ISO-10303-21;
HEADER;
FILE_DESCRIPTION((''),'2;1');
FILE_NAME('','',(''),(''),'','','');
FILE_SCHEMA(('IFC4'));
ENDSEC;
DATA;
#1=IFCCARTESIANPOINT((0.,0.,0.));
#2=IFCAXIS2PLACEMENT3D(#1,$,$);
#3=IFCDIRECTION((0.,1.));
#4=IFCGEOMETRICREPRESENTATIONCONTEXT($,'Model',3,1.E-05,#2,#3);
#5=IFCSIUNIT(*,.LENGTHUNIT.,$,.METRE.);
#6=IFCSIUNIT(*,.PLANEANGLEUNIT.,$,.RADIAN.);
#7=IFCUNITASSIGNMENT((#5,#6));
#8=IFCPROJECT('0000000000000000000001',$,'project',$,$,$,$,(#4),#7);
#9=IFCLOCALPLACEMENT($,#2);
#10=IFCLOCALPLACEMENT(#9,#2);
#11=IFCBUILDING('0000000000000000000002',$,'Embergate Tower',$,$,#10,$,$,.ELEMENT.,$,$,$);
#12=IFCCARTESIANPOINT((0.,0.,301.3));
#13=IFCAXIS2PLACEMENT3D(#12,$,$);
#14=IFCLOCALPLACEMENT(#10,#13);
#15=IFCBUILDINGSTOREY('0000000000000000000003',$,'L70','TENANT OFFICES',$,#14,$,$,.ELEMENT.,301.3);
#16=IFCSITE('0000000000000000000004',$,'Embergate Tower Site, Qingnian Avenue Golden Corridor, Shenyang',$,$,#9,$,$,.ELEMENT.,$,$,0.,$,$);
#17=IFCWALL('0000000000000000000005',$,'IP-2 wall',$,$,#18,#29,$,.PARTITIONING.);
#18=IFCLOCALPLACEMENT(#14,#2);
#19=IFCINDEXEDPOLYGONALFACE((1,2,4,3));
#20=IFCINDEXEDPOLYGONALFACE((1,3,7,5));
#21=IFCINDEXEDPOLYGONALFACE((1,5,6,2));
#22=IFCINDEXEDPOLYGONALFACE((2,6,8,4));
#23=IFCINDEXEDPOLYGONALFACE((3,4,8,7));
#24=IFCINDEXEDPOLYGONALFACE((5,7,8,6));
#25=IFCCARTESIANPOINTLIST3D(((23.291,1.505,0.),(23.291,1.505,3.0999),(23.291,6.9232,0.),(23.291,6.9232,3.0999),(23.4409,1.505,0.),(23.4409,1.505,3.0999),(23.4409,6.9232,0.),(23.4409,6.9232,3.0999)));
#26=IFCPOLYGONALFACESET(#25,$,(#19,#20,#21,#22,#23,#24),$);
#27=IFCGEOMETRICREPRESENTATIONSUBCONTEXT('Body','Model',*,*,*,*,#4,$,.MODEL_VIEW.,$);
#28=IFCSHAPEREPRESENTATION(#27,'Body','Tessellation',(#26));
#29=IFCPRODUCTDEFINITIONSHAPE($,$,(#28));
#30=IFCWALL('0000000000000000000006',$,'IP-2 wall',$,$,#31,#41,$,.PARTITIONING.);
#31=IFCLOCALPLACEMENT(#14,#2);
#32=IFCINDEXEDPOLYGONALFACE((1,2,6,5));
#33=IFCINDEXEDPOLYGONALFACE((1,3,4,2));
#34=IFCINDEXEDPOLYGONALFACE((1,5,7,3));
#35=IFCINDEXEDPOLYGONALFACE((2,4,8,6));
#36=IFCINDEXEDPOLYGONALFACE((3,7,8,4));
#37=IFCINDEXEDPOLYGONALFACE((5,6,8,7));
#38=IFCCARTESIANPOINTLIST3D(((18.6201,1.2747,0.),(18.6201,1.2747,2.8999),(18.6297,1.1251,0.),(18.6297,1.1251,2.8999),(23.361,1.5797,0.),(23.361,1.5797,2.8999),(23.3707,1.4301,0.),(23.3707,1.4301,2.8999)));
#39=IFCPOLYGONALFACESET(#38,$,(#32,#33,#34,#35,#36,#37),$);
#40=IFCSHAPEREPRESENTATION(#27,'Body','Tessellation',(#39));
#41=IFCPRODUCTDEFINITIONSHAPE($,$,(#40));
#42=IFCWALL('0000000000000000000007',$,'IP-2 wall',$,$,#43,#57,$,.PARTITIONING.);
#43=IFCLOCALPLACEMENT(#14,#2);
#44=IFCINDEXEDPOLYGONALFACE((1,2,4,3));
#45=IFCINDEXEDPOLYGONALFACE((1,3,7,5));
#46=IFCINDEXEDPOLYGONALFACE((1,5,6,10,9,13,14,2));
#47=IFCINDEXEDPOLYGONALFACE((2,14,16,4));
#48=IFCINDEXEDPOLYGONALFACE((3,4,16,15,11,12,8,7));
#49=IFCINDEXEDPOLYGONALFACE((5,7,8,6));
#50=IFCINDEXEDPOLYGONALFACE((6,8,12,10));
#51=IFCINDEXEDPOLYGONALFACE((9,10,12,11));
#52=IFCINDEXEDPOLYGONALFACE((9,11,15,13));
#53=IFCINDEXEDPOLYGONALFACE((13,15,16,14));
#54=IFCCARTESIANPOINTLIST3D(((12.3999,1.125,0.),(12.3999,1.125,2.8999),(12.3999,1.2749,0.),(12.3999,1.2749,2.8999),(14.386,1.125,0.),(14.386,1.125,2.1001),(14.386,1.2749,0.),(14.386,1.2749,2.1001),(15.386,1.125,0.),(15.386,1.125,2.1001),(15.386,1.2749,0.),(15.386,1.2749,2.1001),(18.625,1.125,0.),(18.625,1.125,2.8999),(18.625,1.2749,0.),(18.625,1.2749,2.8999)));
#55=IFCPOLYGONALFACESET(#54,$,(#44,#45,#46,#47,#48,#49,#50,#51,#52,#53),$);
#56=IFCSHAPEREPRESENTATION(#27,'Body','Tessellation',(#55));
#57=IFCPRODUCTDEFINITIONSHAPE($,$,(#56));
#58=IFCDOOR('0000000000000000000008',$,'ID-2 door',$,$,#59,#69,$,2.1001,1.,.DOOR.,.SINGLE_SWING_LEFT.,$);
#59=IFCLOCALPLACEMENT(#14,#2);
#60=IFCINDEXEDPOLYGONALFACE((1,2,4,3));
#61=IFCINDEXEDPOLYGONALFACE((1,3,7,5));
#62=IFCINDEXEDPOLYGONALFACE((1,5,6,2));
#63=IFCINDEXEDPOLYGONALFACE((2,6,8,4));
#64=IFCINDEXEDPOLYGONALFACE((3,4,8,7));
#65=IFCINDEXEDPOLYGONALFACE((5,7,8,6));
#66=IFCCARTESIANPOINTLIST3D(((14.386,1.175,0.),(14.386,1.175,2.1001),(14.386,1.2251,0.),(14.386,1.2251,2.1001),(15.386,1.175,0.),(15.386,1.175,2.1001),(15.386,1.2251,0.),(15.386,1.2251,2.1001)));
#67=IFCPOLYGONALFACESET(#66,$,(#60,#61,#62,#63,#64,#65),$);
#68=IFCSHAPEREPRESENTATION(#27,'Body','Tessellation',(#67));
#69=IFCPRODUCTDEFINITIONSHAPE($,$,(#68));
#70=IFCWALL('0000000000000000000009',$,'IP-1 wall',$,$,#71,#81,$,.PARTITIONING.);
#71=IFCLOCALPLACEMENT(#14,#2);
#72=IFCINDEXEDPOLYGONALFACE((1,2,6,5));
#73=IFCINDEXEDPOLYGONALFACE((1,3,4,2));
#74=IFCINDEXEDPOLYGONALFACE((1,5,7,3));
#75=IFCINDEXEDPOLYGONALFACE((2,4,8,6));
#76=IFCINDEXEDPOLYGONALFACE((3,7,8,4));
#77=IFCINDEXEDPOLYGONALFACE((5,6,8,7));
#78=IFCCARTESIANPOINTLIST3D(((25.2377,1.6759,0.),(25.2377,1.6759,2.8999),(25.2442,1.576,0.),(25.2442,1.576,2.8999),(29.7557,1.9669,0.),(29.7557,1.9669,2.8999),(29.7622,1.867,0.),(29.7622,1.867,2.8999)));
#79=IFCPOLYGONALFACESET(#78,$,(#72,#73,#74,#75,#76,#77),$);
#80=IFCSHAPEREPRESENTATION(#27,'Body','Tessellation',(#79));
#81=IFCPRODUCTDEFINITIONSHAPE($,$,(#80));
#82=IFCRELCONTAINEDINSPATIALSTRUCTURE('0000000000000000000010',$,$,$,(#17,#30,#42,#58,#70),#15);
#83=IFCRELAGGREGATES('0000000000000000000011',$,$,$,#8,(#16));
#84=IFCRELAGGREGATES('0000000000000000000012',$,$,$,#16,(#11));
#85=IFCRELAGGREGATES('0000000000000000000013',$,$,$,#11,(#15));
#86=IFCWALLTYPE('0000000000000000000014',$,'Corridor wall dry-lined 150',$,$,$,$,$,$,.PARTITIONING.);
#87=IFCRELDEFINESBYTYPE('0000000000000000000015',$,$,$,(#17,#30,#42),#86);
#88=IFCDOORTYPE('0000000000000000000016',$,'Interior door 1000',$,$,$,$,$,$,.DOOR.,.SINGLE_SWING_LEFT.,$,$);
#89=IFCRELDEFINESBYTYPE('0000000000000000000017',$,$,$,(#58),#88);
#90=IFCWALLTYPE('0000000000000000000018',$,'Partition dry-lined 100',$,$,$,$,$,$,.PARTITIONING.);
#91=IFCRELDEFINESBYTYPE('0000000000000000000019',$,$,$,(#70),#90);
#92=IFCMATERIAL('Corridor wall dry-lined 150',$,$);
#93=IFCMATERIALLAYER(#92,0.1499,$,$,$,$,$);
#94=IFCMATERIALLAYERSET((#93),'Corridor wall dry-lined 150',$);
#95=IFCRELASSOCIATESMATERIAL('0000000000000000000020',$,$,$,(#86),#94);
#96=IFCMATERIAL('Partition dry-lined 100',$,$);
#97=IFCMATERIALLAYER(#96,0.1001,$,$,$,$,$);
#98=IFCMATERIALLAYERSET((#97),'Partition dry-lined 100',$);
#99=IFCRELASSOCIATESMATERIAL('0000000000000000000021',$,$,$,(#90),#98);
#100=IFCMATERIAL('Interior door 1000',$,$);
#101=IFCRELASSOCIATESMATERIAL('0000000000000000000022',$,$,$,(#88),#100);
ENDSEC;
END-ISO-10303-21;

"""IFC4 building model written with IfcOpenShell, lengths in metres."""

from ifc_helpers import new_model, si_unit, direction, frame, frame_2d, origin, place, context, subcontext, project, spatial, rectangle, extrude, source, transform, mapped, material, layer, layer_set, type_object, element, fill, save


model = new_model("IFC4")

# Units and contexts
model_context = context("Model", 3, precision=1e-05, world=origin(), true_north=direction((0.0, 1.0)))
body_context = subcontext(model_context, "Body", "Model", "MODEL_VIEW")
ifc_project = project(units=[si_unit("LENGTHUNIT", "METRE"), si_unit("PLANEANGLEUNIT", "RADIAN")], contexts=[model_context])

# Site, building, storey
site_placement = place(None, origin())
site = spatial("IfcSite", under=ifc_project, at=site_placement, Name="Embergate Tower Site, Qingnian Avenue Golden Corridor, Shenyang", CompositionType="ELEMENT", RefElevation=0.0)
building_placement = place(site_placement, origin())
building = spatial("IfcBuilding", under=site, at=building_placement, Name="Embergate Tower", CompositionType="ELEMENT")
storey_placement = place(building_placement, frame((0.0, 0.0, 301.3)))
storey = spatial("IfcBuildingStorey", under=building, at=storey_placement, Name="L70", Description="TENANT OFFICES", CompositionType="ELEMENT", Elevation=301.3)

# Shared definitions
ifc_material_1 = material(Name="Corridor wall dry-lined 150")
ifc_layer_1 = layer(ifc_material_1, 0.1499)
ifc_layer_set_1 = layer_set([ifc_layer_1], Name="Corridor wall dry-lined 150")
wall_type_1 = type_object("IfcWallType", Name="Corridor wall dry-lined 150", PredefinedType="PARTITIONING", material=ifc_layer_set_1)
ifc_material_2 = material(Name="Partition dry-lined 100")
ifc_layer_2 = layer(ifc_material_2, 0.1001)
ifc_layer_set_2 = layer_set([ifc_layer_2], Name="Partition dry-lined 100")
wall_type_2 = type_object("IfcWallType", Name="Partition dry-lined 100", PredefinedType="PARTITIONING", material=ifc_layer_set_2)

# Shared definitions
shared_shape_1 = source(origin(), body_context, "Body", "SweptSolid", [
    extrude(rectangle(XDim=1.0, YDim=2.1001, at=frame_2d((0.5, 1.05))), frame((0.0, 0.085, 0.0), z_axis=(0.0, -1.0, 0.0), x_axis=(1.0, 0.0, 0.0)), (0.0, 0.0, 1.0), 0.1699),
])
ifc_material_3 = material(Name="Interior door 1000")
door_type_1 = type_object("IfcDoorType", Name="Interior door 1000", OperationType="SINGLE_SWING_LEFT", PredefinedType="DOOR", material=ifc_material_3)
shared_shape_2 = source(origin(), body_context, "Body", "SweptSolid", [
    extrude(rectangle(XDim=1.0, YDim=2.1001, at=frame_2d((0.5, 1.05))), frame((0.0, 0.0249, 0.0), z_axis=(0.0, -1.0, 0.0), x_axis=(1.0, 0.0, 0.0)), (0.0, 0.0, 1.0), 0.05),
])

# Walls
shared_shape_3 = source(origin(), body_context, "Body", "SweptSolid", [
    extrude(rectangle(XDim=5.4182, YDim=0.1499, at=frame_2d((2.709, 0.0))), origin(), (0.0, 0.0, 1.0), 3.0999),
])
wall_1_placement = place(storey_placement, frame((23.366, 6.9231, 0.0), z_axis=(0.0, 0.0, 1.0), x_axis=(0.0, -1.0, 0.0)))
element("IfcWall", 1, at=wall_1_placement, inside=storey, type_object=wall_type_1, Name="IP-2 wall", PredefinedType="PARTITIONING", context=body_context, shape_type="MappedRepresentation", body=[
    mapped(shared_shape_3, transform((0.0, 0.0, 0.0))),
])
shared_shape_4 = source(origin(), body_context, "Body", "SweptSolid", [
    extrude(rectangle(XDim=4.7507, YDim=0.1499, at=frame_2d((2.3755, 0.0))), origin(), (0.0, 0.0, 1.0), 2.8999),
])
wall_2_placement = place(storey_placement, frame((23.366, 1.5049, 0.0), z_axis=(0.0, 0.0, 1.0), x_axis=(-0.997938, -0.064186, 0.0)))
element("IfcWall", 2, at=wall_2_placement, inside=storey, type_object=wall_type_1, Name="IP-2 wall", PredefinedType="PARTITIONING", context=body_context, shape_type="MappedRepresentation", body=[
    mapped(shared_shape_4, transform((0.0, 0.0, 0.0))),
])

# Wall, opening, door
shared_shape_5 = source(origin(), body_context, "Body", "SweptSolid", [
    extrude(rectangle(XDim=6.2251, YDim=0.1499, at=frame_2d((3.1125, 0.0))), origin(), (0.0, 0.0, 1.0), 2.8999),
])
wall_3_placement = place(storey_placement, frame((18.625, 1.2, 0.0), z_axis=(0.0, 0.0, 1.0), x_axis=(-1.0, 0.0, 0.0)))
wall_3 = element("IfcWall", 3, at=wall_3_placement, inside=storey, type_object=wall_type_1, Name="IP-2 wall", PredefinedType="PARTITIONING", context=body_context, shape_type="MappedRepresentation", body=[
    mapped(shared_shape_5, transform((0.0, 0.0, 0.0))),
])
opening_1_placement = place(wall_3_placement, frame((3.239, 0.0, 0.0)))
opening_1 = element("IfcOpeningElement", 4, at=opening_1_placement, cuts=wall_3, PredefinedType="OPENING", context=body_context, shape_type="MappedRepresentation", body=[
    mapped(shared_shape_1, transform((0.0, 0.0, 0.0))),
])
door_1_placement = place(opening_1_placement, origin())
door_1 = element("IfcDoor", 5, at=door_1_placement, inside=storey, type_object=door_type_1, Name="ID-2 door", OperationType="SINGLE_SWING_LEFT", OverallHeight=2.1001, OverallWidth=1.0, PredefinedType="DOOR", context=body_context, shape_type="MappedRepresentation", body=[
    mapped(shared_shape_2, transform((0.0, 0.0, 0.0))),
])
fill(opening_1, door_1)

# Wall
shared_shape_6 = source(origin(), body_context, "Body", "SweptSolid", [
    extrude(rectangle(XDim=4.5273, YDim=0.1001, at=frame_2d((2.2637, 0.0))), origin(), (0.0, 0.0, 1.0), 2.8999),
])
wall_4_placement = place(storey_placement, frame((25.241, 1.626, 0.0), z_axis=(0.0, 0.0, 1.0), x_axis=(0.997932, 0.064278, 0.0)))
element("IfcWall", 6, at=wall_4_placement, inside=storey, type_object=wall_type_2, Name="IP-1 wall", PredefinedType="PARTITIONING", context=body_context, shape_type="MappedRepresentation", body=[
    mapped(shared_shape_6, transform((0.0, 0.0, 0.0))),
])

save(model, "model.ifc")
